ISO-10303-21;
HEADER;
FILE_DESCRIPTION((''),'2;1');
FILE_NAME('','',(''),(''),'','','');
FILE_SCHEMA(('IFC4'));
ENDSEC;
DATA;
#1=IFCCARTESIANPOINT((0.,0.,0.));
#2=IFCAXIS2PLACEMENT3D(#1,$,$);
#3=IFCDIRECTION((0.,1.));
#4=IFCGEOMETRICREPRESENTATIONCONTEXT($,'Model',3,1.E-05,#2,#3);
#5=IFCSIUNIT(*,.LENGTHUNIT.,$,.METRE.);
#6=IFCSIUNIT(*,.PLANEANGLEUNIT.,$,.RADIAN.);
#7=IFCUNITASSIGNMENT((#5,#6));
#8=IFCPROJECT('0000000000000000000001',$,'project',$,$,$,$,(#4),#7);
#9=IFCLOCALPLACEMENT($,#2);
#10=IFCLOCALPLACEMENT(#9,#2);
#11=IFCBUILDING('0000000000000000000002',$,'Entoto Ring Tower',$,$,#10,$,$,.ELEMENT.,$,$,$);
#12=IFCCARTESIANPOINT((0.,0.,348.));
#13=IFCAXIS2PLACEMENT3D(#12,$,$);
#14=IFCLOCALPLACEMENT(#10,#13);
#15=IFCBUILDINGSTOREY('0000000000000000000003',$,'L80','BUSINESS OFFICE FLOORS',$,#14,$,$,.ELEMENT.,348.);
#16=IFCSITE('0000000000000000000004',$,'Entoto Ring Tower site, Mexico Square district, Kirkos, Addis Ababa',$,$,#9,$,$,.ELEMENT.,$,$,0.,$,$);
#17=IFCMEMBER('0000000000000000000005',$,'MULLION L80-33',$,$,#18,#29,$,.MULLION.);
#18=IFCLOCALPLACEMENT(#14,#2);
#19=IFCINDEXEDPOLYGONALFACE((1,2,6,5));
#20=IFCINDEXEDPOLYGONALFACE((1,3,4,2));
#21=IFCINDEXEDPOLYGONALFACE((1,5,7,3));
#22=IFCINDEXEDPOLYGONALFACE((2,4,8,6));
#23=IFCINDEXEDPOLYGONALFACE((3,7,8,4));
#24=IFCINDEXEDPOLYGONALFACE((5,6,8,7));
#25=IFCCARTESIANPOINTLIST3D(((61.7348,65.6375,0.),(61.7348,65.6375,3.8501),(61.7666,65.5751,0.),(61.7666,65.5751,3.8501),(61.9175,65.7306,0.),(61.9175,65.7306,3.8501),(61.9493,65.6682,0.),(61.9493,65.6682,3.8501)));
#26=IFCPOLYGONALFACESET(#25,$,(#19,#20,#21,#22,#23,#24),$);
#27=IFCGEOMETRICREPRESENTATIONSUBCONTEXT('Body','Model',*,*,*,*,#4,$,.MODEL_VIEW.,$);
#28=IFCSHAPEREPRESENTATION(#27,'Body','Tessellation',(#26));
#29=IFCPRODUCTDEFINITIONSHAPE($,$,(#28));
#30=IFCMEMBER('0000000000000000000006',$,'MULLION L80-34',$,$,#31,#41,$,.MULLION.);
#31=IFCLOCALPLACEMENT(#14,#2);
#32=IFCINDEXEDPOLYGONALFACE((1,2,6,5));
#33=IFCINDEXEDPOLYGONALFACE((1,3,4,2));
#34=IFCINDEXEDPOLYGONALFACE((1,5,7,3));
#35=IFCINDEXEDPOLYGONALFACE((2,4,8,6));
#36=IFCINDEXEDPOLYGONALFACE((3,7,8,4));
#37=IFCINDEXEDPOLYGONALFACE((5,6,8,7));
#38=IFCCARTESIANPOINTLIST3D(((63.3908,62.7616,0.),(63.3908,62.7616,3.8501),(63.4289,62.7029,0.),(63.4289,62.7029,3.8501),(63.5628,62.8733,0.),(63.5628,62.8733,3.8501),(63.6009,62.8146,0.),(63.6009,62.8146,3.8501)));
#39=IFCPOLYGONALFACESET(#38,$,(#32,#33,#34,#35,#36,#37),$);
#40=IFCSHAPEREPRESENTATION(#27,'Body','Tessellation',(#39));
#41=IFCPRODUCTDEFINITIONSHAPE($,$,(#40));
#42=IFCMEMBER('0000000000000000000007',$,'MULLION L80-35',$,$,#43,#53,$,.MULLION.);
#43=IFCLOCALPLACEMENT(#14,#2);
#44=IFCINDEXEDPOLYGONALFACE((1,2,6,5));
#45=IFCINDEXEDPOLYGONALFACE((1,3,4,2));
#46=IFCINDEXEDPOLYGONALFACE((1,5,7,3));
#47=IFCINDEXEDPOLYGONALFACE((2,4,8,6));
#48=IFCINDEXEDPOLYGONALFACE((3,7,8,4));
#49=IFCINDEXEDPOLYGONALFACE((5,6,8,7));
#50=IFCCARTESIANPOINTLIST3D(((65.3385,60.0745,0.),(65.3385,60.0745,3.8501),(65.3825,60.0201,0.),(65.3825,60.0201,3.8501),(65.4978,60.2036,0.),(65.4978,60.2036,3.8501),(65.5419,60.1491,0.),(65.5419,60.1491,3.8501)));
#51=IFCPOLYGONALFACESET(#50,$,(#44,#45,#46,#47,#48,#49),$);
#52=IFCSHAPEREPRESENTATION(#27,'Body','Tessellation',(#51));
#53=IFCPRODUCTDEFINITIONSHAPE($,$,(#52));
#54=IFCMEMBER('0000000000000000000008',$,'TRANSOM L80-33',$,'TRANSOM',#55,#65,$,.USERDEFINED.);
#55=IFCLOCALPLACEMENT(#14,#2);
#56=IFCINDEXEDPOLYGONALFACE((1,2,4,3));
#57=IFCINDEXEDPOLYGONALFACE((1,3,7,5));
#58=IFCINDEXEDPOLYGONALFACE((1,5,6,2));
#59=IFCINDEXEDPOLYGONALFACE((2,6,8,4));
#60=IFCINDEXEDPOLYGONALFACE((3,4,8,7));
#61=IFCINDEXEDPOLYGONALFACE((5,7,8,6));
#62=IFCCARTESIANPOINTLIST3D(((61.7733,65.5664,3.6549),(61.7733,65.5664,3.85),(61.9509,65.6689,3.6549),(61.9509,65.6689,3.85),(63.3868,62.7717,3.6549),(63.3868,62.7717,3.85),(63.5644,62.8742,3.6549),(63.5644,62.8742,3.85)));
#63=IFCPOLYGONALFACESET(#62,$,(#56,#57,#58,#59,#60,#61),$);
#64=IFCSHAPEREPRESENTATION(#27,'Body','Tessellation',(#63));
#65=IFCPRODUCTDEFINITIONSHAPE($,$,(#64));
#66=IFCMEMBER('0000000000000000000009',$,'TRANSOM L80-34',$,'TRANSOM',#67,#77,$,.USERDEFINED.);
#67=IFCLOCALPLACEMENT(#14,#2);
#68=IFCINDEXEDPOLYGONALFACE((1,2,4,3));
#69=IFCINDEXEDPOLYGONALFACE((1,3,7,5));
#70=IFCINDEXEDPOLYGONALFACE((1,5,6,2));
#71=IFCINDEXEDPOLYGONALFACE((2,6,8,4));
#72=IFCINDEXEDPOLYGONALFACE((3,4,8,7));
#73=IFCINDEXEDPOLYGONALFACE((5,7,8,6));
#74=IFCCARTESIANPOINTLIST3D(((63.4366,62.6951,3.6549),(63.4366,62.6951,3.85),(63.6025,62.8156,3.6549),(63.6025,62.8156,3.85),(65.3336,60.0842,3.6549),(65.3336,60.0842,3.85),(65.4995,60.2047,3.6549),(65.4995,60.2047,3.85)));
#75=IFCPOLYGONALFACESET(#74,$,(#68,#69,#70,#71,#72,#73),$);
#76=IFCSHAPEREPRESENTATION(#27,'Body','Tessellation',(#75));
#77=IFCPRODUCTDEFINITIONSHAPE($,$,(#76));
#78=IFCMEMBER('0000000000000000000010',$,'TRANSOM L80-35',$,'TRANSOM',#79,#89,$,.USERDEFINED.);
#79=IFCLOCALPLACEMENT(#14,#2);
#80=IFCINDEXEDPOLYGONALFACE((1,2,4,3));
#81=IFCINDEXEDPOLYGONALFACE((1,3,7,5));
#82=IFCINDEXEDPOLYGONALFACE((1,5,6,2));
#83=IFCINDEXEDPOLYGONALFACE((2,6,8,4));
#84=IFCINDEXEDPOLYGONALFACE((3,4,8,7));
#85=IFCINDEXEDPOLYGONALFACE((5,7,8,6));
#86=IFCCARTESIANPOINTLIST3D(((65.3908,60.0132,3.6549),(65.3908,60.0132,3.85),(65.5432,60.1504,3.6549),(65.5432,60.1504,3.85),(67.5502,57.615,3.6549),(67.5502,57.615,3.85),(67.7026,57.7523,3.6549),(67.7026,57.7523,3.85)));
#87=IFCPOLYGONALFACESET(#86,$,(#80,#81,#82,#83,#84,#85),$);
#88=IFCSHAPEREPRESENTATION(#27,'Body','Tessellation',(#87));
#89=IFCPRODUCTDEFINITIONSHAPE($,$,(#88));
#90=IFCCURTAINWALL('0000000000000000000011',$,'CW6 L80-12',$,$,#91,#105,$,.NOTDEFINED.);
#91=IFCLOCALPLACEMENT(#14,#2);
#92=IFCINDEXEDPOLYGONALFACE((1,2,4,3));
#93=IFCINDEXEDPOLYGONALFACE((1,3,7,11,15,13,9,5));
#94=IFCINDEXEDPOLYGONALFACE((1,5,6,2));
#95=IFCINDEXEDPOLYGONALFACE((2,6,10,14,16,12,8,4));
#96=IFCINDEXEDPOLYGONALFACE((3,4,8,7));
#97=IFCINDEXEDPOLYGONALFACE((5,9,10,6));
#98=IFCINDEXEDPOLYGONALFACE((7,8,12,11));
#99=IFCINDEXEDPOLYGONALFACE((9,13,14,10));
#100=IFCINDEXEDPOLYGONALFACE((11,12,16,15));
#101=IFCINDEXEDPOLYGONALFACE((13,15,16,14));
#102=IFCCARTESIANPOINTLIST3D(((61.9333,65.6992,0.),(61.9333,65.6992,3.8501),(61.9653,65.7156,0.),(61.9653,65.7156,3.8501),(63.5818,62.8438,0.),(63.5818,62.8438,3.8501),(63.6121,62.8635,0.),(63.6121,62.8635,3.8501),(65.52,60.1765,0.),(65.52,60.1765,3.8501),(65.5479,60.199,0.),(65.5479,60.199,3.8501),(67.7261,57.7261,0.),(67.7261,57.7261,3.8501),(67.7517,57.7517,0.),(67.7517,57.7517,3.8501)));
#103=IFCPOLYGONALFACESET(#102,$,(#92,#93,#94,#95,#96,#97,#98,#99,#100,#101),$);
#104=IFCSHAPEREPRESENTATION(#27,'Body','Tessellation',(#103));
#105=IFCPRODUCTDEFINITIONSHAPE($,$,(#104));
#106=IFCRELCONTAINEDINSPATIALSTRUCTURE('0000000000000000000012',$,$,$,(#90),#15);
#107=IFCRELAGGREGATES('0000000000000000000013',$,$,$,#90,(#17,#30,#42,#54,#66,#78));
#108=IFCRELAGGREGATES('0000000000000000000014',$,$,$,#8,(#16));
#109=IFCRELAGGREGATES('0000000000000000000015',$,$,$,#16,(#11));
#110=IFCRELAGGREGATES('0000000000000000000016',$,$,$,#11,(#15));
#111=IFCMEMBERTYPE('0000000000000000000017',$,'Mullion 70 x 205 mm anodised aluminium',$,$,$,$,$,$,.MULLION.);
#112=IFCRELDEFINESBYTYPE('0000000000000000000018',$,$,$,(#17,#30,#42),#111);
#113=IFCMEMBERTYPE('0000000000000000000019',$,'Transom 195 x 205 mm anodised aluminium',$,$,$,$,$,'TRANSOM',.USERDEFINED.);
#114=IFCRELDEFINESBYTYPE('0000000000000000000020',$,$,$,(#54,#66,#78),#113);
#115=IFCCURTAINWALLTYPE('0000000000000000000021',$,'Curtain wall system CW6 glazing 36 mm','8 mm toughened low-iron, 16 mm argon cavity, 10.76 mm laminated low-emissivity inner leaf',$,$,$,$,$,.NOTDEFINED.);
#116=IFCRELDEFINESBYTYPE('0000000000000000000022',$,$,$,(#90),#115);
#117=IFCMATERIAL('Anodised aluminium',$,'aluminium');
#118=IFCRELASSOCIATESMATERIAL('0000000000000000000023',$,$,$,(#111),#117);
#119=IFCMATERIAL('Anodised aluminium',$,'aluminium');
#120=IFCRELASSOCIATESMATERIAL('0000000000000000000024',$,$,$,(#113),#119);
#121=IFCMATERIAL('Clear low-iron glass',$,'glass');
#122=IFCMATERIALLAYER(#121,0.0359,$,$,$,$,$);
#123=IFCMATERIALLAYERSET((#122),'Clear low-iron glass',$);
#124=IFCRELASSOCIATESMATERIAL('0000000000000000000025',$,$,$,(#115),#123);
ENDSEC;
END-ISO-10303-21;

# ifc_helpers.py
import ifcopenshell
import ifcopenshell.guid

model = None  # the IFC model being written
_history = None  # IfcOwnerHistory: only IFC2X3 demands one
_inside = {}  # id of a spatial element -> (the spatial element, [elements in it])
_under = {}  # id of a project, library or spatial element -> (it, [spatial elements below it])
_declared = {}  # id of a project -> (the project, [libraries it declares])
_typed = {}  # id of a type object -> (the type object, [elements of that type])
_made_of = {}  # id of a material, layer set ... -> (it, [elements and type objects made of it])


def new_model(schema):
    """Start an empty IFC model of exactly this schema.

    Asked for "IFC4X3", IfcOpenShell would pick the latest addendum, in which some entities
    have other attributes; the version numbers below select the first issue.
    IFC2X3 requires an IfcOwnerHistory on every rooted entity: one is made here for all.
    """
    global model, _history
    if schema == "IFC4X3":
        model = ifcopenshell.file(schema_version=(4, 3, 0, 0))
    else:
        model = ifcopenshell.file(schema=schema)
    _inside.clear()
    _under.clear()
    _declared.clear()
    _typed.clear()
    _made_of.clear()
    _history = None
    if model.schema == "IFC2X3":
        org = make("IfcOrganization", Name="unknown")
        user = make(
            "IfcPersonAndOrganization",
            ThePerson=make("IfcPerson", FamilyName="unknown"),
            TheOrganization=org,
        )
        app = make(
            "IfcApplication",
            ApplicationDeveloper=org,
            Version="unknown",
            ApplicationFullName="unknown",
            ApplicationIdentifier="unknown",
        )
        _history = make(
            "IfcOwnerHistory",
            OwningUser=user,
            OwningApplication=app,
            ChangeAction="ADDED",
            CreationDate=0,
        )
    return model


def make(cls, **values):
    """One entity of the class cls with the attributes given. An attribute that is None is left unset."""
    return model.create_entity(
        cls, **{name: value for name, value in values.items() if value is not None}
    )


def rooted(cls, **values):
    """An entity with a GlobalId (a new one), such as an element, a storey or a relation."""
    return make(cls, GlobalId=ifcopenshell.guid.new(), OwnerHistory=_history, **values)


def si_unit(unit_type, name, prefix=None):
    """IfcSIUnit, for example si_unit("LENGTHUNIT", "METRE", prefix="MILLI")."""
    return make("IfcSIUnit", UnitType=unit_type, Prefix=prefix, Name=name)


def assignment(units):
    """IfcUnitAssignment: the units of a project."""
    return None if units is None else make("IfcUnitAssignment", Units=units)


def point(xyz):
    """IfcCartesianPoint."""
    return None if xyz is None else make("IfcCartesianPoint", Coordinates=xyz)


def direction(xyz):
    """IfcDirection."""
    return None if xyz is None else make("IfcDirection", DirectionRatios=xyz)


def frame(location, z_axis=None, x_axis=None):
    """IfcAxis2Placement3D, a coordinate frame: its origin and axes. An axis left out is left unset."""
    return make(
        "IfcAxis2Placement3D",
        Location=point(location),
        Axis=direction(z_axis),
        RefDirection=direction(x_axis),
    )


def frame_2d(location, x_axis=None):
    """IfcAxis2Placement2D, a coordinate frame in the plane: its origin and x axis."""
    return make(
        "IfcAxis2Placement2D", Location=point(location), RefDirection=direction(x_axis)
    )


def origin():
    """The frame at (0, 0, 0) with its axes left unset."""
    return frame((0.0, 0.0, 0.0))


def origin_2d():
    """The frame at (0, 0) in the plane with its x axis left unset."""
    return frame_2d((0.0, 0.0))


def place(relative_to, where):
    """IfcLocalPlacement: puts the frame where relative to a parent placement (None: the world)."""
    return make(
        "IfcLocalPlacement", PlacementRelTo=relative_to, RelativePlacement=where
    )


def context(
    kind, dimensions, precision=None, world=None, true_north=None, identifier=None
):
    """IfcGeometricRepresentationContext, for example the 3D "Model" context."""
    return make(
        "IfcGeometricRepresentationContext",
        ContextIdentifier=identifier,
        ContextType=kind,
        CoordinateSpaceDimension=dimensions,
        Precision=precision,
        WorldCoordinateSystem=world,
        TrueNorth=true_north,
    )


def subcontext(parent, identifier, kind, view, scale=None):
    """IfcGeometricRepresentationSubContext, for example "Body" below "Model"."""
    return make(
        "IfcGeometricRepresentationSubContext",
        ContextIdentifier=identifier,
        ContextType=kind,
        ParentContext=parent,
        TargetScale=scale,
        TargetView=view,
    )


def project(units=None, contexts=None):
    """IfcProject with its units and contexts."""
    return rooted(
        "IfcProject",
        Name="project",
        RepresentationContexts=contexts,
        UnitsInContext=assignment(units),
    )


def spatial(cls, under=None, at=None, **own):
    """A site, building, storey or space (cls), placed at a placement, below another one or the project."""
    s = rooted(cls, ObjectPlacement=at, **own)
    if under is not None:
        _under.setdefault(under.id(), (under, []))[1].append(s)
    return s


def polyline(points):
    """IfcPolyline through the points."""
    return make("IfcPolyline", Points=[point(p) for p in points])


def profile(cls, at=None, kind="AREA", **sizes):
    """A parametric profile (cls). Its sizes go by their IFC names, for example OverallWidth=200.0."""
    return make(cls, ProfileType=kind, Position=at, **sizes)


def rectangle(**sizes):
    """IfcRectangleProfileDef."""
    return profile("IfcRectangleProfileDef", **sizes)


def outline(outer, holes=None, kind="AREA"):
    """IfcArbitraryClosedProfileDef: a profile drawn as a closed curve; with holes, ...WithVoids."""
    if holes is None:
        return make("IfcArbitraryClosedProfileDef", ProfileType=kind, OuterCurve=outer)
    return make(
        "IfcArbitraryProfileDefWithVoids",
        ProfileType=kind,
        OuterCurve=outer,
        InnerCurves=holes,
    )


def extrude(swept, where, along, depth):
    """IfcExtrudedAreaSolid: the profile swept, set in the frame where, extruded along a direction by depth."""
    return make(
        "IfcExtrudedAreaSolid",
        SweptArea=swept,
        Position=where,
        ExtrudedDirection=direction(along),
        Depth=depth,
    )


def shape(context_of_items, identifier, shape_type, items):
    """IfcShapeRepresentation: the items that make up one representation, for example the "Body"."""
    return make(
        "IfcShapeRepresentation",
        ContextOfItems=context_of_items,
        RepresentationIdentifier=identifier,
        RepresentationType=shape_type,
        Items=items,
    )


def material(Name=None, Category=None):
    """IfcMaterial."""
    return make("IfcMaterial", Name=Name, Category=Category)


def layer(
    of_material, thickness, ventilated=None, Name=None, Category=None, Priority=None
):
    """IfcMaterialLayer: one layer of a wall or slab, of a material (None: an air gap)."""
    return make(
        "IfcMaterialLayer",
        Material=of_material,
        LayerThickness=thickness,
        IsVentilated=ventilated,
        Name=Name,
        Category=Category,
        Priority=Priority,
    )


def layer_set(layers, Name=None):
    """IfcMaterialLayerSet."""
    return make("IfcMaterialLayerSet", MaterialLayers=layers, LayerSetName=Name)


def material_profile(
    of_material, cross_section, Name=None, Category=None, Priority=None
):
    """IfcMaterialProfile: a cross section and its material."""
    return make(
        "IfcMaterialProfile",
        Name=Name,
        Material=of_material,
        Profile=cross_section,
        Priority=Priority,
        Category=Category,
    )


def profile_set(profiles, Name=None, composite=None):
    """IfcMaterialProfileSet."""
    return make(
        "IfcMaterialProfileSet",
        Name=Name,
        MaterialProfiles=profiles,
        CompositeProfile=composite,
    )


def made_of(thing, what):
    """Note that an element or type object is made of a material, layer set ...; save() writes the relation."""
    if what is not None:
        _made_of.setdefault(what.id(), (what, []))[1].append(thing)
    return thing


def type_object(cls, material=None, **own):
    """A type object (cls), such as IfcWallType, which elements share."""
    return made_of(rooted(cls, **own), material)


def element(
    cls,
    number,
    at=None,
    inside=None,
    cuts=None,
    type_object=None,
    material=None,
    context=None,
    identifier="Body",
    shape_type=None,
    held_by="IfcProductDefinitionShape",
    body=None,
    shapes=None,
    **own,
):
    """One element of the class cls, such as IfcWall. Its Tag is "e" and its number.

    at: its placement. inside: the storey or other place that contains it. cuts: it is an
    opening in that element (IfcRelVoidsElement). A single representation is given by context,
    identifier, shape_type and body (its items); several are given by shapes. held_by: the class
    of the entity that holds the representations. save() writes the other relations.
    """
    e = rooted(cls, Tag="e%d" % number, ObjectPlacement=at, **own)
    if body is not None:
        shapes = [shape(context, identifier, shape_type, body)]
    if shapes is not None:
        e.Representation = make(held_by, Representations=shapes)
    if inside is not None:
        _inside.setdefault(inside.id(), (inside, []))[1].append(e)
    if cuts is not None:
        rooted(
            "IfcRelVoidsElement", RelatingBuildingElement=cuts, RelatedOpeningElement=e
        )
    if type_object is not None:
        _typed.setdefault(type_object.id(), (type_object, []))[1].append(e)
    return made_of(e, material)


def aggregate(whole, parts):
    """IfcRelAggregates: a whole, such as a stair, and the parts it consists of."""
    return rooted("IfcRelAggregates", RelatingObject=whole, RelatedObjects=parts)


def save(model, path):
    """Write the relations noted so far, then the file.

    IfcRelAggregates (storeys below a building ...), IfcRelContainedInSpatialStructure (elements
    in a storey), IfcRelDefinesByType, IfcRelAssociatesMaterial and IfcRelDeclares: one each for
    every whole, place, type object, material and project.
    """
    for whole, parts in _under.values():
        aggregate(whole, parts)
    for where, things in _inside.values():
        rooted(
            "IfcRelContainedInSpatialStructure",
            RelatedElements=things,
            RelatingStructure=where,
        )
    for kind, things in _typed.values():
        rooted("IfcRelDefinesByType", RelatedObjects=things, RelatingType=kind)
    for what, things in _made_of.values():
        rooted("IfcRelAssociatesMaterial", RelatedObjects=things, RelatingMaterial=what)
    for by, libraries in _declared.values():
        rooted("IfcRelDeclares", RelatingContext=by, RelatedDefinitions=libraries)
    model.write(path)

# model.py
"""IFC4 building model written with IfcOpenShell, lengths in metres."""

from ifc_helpers import new_model, si_unit, direction, frame, origin, origin_2d, place, context, subcontext, project, spatial, polyline, rectangle, outline, extrude, material, layer, layer_set, material_profile, profile_set, type_object, element, aggregate, save


model = new_model("IFC4")

# Units and contexts
model_context = context("Model", 3, precision=1e-05, world=origin(), true_north=direction((0.0, 1.0)))
body_context = subcontext(model_context, "Body", "Model", "MODEL_VIEW")
ifc_project = project(units=[si_unit("LENGTHUNIT", "METRE"), si_unit("PLANEANGLEUNIT", "RADIAN")], contexts=[model_context])

# Members
ifc_material_1 = material(Name="Anodised aluminium", Category="aluminium")
ifc_material_profile_1 = material_profile(ifc_material_1, rectangle(XDim=0.0701, YDim=0.2051, at=origin_2d()), Name="Mullion 70 x 205 mm anodised aluminium")
ifc_profile_set_1 = profile_set([ifc_material_profile_1], Name="Anodised aluminium")
member_type_1 = type_object("IfcMemberType", Name="Mullion 70 x 205 mm anodised aluminium", PredefinedType="MULLION", material=ifc_profile_set_1)
site_placement = place(None, origin())
building_placement = place(site_placement, origin())
storey_placement = place(building_placement, frame((0.0, 0.0, 348.0)))
member_1_placement = place(storey_placement, frame((61.842, 65.6528, 0.0), z_axis=(0.0, 0.0, 1.0), x_axis=(0.45399, -0.891007, 0.0)))
member_1 = element("IfcMember", 1, at=member_1_placement, type_object=member_type_1, Name="MULLION L80-33", PredefinedType="MULLION", context=body_context, shape_type="SweptSolid", body=[
    extrude(rectangle(XDim=0.0701, YDim=0.2051, at=origin_2d()), origin(), (0.0, 0.0, 1.0), 3.8501),
])
member_2_placement = place(storey_placement, frame((63.4958, 62.7881, 0.0), z_axis=(0.0, 0.0, 1.0), x_axis=(0.544639, -0.838671, 0.0)))
member_2 = element("IfcMember", 2, at=member_2_placement, type_object=member_type_1, Name="MULLION L80-34", PredefinedType="MULLION", context=body_context, shape_type="SweptSolid", body=[
    extrude(rectangle(XDim=0.0701, YDim=0.2051, at=origin_2d()), origin(), (0.0, 0.0, 1.0), 3.8501),
])
member_3_placement = place(storey_placement, frame((65.4402, 60.1118, 0.0), z_axis=(0.0, 0.0, 1.0), x_axis=(0.62932, -0.777146, 0.0)))
member_3 = element("IfcMember", 3, at=member_3_placement, type_object=member_type_1, Name="MULLION L80-35", PredefinedType="MULLION", context=body_context, shape_type="SweptSolid", body=[
    extrude(rectangle(XDim=0.0701, YDim=0.2051, at=origin_2d()), origin(), (0.0, 0.0, 1.0), 3.8501),
])
ifc_material_2 = material(Name="Anodised aluminium", Category="aluminium")
ifc_material_profile_2 = material_profile(ifc_material_2, rectangle(XDim=0.2051, YDim=0.1951, at=origin_2d()), Name="Transom 195 x 205 mm anodised aluminium")
ifc_profile_set_2 = profile_set([ifc_material_profile_2], Name="Anodised aluminium")
member_type_2 = type_object("IfcMemberType", Name="Transom 195 x 205 mm anodised aluminium", ElementType="TRANSOM", PredefinedType="USERDEFINED", material=ifc_profile_set_2)
member_4_placement = place(storey_placement, frame((61.8621, 65.6177, 3.7524), z_axis=(0.500004, -0.866023, 0.0), x_axis=(0.866023, 0.500004, 0.0)))
member_4 = element("IfcMember", 4, at=member_4_placement, type_object=member_type_2, Name="TRANSOM L80-33", ObjectType="TRANSOM", PredefinedType="USERDEFINED", context=body_context, shape_type="SweptSolid", body=[
    extrude(rectangle(XDim=0.2051, YDim=0.1951, at=origin_2d()), origin(), (0.0, 0.0, 1.0), 3.2271),
])
member_5_placement = place(storey_placement, frame((63.5195, 62.7554, 3.7524), z_axis=(0.587803, -0.809004, 0.0), x_axis=(0.809004, 0.587803, 0.0)))
member_5 = element("IfcMember", 5, at=member_5_placement, type_object=member_type_2, Name="TRANSOM L80-34", ObjectType="TRANSOM", PredefinedType="USERDEFINED", context=body_context, shape_type="SweptSolid", body=[
    extrude(rectangle(XDim=0.2051, YDim=0.1951, at=origin_2d()), origin(), (0.0, 0.0, 1.0), 3.2273),
])
member_6_placement = place(storey_placement, frame((65.467, 60.0818, 3.7524), z_axis=(0.669144, -0.743132, 0.0), x_axis=(0.743132, 0.669144, 0.0)))
member_6 = element("IfcMember", 6, at=member_6_placement, type_object=member_type_2, Name="TRANSOM L80-35", ObjectType="TRANSOM", PredefinedType="USERDEFINED", context=body_context, shape_type="SweptSolid", body=[
    extrude(rectangle(XDim=0.2051, YDim=0.1951, at=origin_2d()), origin(), (0.0, 0.0, 1.0), 3.2271),
])

# Site, building, storey
site = spatial("IfcSite", under=ifc_project, at=site_placement, Name="Entoto Ring Tower site, Mexico Square district, Kirkos, Addis Ababa", CompositionType="ELEMENT", RefElevation=0.0)
building = spatial("IfcBuilding", under=site, at=building_placement, Name="Entoto Ring Tower", CompositionType="ELEMENT")
storey = spatial("IfcBuildingStorey", under=building, at=storey_placement, Name="L80", Description="BUSINESS OFFICE FLOORS", CompositionType="ELEMENT", Elevation=348.0)

# Curtain wall
ifc_material_3 = material(Name="Clear low-iron glass", Category="glass")
ifc_layer = layer(ifc_material_3, 0.0359)
ifc_layer_set = layer_set([ifc_layer], Name="Clear low-iron glass")
curtain_wall_type = type_object("IfcCurtainWallType", Name="Curtain wall system CW6 glazing 36 mm", Description="8 mm toughened low-iron, 16 mm argon cavity, 10.76 mm laminated low-emissivity inner leaf", PredefinedType="NOTDEFINED", material=ifc_layer_set)
curtain_wall_1_placement = place(storey_placement, origin())
curtain_wall_1 = element("IfcCurtainWall", 7, at=curtain_wall_1_placement, inside=storey, type_object=curtain_wall_type, Name="CW6 L80-12", PredefinedType="NOTDEFINED", context=body_context, shape_type="SweptSolid", body=[
    extrude(outline(polyline([(61.9333, 65.6992), (63.5818, 62.8438), (65.52, 60.1765), (67.7261, 57.7261), (67.7517, 57.7517), (65.5479, 60.199), (63.6121, 62.8635), (61.9653, 65.7156), (61.9333, 65.6992)])), origin(), (0.0, 0.0, 1.0), 3.8501),
])
aggregate(curtain_wall_1, [member_1, member_2, member_3, member_4, member_5, member_6])

save(model, "model.ifc")
